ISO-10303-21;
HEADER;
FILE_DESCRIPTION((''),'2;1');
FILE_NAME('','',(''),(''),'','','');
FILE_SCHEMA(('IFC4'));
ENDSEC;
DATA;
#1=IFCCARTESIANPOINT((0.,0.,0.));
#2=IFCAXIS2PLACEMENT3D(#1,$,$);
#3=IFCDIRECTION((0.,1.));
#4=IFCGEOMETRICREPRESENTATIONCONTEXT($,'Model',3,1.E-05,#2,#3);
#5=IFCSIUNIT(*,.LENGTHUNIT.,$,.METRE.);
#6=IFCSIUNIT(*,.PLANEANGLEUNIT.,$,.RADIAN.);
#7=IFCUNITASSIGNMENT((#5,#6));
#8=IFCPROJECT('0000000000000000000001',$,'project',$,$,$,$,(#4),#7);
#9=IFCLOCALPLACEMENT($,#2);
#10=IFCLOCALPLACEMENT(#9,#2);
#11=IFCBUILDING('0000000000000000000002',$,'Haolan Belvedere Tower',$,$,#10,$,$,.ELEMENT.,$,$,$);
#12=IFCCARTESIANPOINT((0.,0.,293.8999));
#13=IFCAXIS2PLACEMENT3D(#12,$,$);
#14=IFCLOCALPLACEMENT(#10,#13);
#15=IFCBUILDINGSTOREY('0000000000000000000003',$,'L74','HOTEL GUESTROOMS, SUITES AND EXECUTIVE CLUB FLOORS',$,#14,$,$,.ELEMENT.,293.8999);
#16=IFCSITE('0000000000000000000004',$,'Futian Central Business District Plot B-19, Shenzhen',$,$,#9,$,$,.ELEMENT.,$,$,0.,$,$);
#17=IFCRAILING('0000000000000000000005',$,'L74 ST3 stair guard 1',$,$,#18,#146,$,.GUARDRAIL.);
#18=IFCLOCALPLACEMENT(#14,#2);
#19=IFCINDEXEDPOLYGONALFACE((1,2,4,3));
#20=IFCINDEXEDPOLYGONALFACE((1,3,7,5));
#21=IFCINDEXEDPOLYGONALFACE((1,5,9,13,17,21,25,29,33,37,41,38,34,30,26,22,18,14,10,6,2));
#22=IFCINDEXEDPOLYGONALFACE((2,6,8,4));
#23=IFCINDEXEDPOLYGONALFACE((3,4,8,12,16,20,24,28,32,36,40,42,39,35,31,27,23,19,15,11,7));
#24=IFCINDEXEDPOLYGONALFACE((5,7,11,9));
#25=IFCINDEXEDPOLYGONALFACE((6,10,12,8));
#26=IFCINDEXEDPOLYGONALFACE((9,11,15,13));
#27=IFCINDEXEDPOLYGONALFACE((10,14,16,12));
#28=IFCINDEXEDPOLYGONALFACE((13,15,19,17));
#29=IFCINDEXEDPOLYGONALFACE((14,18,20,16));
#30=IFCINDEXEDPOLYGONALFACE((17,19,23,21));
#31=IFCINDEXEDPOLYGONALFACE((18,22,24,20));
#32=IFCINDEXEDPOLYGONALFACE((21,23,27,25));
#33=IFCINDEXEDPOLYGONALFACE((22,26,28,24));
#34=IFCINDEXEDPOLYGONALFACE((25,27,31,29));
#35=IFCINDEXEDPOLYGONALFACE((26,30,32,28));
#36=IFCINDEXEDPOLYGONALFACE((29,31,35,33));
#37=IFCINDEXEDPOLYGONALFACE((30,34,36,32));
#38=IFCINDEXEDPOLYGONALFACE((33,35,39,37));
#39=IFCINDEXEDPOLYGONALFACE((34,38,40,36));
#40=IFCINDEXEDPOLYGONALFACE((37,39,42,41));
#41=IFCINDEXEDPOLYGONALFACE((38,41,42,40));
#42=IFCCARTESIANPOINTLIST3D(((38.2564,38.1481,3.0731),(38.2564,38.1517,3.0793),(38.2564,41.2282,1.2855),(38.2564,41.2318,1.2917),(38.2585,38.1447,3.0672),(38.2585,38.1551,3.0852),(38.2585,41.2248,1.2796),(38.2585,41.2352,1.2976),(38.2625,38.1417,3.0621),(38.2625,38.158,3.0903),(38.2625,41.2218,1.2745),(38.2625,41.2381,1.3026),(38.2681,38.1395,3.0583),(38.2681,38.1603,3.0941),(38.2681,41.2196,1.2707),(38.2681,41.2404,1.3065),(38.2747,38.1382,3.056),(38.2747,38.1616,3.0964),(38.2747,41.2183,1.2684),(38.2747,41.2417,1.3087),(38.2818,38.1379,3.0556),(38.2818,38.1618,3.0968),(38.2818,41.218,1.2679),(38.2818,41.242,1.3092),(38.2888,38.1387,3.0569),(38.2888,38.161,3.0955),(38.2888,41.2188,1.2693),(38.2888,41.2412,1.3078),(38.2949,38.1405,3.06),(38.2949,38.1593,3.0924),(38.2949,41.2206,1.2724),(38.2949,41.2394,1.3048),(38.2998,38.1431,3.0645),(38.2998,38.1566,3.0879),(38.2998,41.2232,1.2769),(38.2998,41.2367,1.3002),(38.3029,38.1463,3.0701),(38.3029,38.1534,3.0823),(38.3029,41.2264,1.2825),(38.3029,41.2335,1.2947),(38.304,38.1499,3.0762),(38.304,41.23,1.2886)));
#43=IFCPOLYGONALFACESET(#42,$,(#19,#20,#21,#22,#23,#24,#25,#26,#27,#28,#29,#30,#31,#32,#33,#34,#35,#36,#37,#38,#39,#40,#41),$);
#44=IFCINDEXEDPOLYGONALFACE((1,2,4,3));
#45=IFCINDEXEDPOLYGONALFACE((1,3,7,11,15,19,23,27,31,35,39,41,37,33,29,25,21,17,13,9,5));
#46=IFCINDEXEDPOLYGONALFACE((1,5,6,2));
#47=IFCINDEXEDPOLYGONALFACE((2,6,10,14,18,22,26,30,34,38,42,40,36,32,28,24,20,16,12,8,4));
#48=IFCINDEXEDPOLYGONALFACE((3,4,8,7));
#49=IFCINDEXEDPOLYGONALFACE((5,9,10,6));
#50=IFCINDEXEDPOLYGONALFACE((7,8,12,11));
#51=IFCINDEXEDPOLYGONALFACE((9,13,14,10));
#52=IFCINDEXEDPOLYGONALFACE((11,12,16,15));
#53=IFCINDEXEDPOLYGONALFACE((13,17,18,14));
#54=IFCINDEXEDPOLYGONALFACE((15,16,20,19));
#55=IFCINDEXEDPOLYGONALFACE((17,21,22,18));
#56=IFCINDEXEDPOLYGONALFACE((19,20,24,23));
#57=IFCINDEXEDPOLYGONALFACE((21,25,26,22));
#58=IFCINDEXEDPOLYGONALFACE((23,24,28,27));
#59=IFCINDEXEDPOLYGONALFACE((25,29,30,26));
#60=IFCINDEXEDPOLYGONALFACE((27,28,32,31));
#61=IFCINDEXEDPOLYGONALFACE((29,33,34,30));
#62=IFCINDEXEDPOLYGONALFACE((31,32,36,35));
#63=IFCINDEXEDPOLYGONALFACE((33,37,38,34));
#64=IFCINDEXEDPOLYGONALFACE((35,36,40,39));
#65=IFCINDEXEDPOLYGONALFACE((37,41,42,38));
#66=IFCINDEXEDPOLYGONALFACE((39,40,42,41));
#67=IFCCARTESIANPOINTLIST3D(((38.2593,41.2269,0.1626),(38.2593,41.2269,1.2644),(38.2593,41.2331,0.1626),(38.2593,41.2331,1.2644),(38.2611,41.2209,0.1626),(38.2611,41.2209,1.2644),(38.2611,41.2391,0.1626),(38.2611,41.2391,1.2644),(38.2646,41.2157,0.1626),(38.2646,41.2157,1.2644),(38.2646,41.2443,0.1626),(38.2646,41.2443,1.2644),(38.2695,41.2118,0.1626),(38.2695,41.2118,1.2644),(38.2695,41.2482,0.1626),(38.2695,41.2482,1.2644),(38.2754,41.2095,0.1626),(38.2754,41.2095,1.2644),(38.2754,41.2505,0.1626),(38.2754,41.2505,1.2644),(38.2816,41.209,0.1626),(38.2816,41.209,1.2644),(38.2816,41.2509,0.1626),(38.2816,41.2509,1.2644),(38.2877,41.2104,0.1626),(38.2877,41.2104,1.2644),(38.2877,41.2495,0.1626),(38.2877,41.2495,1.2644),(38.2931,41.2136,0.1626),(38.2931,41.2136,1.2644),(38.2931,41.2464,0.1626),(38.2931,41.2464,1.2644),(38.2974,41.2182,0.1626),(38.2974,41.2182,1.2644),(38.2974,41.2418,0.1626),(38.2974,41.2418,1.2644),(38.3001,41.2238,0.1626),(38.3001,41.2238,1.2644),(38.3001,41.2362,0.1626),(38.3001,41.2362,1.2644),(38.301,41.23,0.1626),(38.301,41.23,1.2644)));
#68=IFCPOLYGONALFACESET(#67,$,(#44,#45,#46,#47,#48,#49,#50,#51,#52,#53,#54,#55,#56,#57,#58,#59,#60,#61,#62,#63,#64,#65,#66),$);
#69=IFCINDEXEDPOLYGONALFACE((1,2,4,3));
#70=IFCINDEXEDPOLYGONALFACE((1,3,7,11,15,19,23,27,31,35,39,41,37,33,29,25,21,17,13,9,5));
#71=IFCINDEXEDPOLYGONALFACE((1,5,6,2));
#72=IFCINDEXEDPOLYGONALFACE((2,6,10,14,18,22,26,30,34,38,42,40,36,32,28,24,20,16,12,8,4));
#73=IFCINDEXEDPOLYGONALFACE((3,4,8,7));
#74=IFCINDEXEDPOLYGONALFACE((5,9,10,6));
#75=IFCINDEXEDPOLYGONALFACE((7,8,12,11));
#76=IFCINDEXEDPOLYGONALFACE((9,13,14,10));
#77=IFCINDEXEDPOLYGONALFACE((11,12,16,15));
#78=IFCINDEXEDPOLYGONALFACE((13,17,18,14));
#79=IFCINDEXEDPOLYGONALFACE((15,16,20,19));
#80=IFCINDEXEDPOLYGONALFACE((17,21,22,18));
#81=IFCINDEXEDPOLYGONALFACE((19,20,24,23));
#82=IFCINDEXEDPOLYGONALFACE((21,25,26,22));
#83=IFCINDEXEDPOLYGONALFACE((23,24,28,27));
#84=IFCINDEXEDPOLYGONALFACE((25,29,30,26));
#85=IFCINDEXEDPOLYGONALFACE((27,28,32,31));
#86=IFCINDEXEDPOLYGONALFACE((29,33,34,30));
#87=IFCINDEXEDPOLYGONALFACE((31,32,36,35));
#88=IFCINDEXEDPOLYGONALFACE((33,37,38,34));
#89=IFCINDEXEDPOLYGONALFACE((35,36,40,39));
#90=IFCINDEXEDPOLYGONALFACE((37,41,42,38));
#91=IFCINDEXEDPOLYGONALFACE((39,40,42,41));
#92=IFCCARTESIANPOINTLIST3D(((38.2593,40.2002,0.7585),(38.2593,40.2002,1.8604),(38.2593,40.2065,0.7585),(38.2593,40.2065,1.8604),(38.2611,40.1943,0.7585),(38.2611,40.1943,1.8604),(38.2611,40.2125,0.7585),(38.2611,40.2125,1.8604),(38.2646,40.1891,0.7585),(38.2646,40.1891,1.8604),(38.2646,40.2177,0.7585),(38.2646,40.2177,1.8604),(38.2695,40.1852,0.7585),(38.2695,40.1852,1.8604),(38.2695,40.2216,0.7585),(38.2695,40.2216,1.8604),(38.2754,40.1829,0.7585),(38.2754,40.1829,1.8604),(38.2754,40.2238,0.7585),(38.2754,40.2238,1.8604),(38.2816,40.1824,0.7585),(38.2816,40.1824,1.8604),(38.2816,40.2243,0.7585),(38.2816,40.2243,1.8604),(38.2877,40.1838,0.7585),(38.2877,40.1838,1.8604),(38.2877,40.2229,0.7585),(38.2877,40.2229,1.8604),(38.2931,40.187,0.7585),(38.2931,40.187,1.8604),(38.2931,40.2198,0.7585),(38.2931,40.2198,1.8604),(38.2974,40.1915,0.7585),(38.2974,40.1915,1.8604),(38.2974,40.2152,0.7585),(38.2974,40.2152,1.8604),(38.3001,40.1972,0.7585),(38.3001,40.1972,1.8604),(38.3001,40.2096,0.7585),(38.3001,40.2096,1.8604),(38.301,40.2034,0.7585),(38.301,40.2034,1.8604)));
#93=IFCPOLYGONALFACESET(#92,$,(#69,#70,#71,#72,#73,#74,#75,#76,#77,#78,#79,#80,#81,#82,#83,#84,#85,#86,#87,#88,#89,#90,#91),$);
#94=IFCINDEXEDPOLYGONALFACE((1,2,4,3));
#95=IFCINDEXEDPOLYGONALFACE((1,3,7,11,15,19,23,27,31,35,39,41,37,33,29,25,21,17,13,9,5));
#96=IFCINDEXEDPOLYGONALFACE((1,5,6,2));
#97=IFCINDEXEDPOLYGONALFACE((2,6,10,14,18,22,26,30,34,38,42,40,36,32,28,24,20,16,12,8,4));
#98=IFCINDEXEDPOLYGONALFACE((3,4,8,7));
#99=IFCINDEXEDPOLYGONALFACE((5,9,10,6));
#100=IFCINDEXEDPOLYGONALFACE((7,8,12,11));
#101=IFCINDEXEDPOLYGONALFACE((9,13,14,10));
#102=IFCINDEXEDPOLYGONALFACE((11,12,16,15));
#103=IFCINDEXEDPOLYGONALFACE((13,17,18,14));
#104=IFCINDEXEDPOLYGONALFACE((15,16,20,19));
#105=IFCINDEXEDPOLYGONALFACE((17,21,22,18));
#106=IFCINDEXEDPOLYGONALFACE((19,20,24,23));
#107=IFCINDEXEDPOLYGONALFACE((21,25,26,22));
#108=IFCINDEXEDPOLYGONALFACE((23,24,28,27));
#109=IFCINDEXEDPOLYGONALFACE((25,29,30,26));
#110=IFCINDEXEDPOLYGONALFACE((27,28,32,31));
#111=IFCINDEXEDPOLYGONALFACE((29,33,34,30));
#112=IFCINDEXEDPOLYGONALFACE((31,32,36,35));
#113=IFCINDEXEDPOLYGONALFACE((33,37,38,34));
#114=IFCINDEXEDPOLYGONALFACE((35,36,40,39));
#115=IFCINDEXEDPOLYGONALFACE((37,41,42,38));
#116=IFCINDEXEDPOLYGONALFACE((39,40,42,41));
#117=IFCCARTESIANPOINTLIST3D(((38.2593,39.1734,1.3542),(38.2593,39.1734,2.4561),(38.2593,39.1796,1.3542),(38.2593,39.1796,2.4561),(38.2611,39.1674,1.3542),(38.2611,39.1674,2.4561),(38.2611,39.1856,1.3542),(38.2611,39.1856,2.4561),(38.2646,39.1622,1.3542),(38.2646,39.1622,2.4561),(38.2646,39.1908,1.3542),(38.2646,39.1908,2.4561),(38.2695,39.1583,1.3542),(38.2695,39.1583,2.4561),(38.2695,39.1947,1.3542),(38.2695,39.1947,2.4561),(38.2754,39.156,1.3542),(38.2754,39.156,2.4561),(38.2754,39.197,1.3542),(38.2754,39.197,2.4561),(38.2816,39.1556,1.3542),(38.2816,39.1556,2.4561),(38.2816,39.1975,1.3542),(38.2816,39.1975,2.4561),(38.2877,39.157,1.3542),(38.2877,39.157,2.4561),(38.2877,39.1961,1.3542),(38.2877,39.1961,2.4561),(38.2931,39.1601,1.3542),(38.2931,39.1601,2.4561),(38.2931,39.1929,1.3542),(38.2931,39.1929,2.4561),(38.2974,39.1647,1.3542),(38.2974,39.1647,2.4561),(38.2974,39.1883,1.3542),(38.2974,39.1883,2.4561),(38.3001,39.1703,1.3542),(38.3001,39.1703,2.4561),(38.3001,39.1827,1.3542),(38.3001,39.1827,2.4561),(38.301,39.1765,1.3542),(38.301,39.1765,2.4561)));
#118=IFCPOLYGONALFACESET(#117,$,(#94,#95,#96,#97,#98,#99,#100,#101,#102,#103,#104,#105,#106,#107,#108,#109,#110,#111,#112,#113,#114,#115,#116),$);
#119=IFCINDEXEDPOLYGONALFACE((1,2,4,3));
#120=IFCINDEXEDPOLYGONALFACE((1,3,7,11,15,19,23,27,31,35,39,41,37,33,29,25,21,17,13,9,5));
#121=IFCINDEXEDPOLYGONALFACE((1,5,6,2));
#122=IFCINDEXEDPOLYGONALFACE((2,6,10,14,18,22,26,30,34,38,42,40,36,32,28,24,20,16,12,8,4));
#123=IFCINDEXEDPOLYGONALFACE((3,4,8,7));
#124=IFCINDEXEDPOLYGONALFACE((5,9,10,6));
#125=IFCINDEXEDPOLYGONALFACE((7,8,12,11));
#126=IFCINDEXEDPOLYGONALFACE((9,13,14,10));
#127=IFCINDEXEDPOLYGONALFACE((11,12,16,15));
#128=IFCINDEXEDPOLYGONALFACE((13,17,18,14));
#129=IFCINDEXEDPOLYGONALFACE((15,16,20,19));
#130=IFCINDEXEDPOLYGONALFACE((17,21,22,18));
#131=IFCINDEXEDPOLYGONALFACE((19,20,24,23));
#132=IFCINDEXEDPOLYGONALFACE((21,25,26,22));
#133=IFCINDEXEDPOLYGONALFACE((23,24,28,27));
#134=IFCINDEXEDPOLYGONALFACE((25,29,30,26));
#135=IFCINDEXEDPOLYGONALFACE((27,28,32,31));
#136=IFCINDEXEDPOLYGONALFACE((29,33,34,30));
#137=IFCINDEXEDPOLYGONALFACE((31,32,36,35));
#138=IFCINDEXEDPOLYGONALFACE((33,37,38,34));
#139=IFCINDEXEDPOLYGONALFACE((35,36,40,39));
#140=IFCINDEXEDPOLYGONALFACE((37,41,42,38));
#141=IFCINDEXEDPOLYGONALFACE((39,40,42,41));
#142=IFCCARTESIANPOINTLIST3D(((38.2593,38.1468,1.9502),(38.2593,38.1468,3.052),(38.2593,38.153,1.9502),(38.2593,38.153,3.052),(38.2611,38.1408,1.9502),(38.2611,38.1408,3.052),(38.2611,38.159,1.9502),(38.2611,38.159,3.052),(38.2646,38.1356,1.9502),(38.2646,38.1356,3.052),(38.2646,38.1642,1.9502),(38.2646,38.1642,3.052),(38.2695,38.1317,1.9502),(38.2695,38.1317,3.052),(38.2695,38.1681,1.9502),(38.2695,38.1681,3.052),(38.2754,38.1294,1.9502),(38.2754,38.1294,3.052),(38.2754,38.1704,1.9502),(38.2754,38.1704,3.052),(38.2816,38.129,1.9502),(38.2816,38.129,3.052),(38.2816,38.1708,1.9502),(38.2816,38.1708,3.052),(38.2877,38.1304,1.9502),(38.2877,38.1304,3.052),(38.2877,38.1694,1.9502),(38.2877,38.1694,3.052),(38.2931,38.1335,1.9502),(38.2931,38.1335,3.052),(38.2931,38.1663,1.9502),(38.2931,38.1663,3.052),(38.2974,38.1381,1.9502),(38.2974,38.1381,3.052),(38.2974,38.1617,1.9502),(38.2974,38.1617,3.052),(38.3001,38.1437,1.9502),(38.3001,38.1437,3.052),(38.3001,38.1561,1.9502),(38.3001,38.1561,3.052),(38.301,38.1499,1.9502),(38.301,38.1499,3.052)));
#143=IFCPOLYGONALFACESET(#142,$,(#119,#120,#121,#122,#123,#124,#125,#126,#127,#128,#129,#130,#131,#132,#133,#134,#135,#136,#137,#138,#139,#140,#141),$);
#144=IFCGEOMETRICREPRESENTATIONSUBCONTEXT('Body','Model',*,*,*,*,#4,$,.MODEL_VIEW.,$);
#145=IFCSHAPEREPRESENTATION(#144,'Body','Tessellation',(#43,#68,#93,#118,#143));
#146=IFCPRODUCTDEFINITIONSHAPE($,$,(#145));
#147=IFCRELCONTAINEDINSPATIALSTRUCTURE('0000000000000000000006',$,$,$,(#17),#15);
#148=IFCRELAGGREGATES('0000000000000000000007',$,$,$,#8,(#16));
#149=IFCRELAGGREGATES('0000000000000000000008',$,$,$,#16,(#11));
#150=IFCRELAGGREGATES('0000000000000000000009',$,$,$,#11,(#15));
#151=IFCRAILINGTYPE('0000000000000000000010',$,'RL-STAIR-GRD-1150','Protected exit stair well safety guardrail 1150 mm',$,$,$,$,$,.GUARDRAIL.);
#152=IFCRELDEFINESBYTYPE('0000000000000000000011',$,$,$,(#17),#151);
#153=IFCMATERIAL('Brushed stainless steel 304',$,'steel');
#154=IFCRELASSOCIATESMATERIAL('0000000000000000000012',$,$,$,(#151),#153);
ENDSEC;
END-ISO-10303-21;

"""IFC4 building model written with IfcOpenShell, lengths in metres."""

from ifc_helpers import new_model, si_unit, direction, frame, origin, origin_2d, place, context, subcontext, project, spatial, circle, extrude, material, type_object, element, save


model = new_model("IFC4")

# Units and contexts
model_context = context("Model", 3, precision=1e-05, world=origin(), true_north=direction((0.0, 1.0)))
body_context = subcontext(model_context, "Body", "Model", "MODEL_VIEW")
ifc_project = project(units=[si_unit("LENGTHUNIT", "METRE"), si_unit("PLANEANGLEUNIT", "RADIAN")], contexts=[model_context])

# Site, building, storey
site_placement = place(None, origin())
site = spatial("IfcSite", under=ifc_project, at=site_placement, Name="Futian Central Business District Plot B-19, Shenzhen", CompositionType="ELEMENT", RefElevation=0.0)
building_placement = place(site_placement, origin())
building = spatial("IfcBuilding", under=site, at=building_placement, Name="Haolan Belvedere Tower", CompositionType="ELEMENT")
storey_placement = place(building_placement, frame((0.0, 0.0, 293.8999)))
storey = spatial("IfcBuildingStorey", under=building, at=storey_placement, Name="L74", Description="HOTEL GUESTROOMS, SUITES AND EXECUTIVE CLUB FLOORS", CompositionType="ELEMENT", Elevation=293.8999)

# Railing
ifc_material_1 = material(Name="Brushed stainless steel 304", Category="steel")
railing_type_1 = type_object("IfcRailingType", Name="RL-STAIR-GRD-1150", Description="Protected exit stair well safety guardrail 1150 mm", PredefinedType="GUARDRAIL", material=ifc_material_1)
railing_1_placement = place(storey_placement, frame((38.28, 41.23, 0.1626)))
element("IfcRailing", 1, at=railing_1_placement, inside=storey, type_object=railing_type_1, Name="L74 ST3 stair guard 1", PredefinedType="GUARDRAIL", context=body_context, shape_type="SweptSolid", body=[
    extrude(circle(Radius=0.0239, at=origin_2d()), frame((0.0, 0.0, 1.126), z_axis=(0.0, -0.864891, 0.50196), x_axis=(1.0, 0.0, 0.0)), (0.0, 0.0, 1.0), 3.5613),
    extrude(circle(Radius=0.021, at=origin_2d()), origin(), (0.0, 0.0, 1.0), 1.1018),
    extrude(circle(Radius=0.021, at=origin_2d()), frame((0.0, -1.0266, 0.5959)), (0.0, 0.0, 1.0), 1.1018),
    extrude(circle(Radius=0.021, at=origin_2d()), frame((0.0, -2.0535, 1.1917)), (0.0, 0.0, 1.0), 1.1018),
    extrude(circle(Radius=0.021, at=origin_2d()), frame((0.0, -3.0801, 1.7876)), (0.0, 0.0, 1.0), 1.1018),
])

save(model, "model.ifc")
